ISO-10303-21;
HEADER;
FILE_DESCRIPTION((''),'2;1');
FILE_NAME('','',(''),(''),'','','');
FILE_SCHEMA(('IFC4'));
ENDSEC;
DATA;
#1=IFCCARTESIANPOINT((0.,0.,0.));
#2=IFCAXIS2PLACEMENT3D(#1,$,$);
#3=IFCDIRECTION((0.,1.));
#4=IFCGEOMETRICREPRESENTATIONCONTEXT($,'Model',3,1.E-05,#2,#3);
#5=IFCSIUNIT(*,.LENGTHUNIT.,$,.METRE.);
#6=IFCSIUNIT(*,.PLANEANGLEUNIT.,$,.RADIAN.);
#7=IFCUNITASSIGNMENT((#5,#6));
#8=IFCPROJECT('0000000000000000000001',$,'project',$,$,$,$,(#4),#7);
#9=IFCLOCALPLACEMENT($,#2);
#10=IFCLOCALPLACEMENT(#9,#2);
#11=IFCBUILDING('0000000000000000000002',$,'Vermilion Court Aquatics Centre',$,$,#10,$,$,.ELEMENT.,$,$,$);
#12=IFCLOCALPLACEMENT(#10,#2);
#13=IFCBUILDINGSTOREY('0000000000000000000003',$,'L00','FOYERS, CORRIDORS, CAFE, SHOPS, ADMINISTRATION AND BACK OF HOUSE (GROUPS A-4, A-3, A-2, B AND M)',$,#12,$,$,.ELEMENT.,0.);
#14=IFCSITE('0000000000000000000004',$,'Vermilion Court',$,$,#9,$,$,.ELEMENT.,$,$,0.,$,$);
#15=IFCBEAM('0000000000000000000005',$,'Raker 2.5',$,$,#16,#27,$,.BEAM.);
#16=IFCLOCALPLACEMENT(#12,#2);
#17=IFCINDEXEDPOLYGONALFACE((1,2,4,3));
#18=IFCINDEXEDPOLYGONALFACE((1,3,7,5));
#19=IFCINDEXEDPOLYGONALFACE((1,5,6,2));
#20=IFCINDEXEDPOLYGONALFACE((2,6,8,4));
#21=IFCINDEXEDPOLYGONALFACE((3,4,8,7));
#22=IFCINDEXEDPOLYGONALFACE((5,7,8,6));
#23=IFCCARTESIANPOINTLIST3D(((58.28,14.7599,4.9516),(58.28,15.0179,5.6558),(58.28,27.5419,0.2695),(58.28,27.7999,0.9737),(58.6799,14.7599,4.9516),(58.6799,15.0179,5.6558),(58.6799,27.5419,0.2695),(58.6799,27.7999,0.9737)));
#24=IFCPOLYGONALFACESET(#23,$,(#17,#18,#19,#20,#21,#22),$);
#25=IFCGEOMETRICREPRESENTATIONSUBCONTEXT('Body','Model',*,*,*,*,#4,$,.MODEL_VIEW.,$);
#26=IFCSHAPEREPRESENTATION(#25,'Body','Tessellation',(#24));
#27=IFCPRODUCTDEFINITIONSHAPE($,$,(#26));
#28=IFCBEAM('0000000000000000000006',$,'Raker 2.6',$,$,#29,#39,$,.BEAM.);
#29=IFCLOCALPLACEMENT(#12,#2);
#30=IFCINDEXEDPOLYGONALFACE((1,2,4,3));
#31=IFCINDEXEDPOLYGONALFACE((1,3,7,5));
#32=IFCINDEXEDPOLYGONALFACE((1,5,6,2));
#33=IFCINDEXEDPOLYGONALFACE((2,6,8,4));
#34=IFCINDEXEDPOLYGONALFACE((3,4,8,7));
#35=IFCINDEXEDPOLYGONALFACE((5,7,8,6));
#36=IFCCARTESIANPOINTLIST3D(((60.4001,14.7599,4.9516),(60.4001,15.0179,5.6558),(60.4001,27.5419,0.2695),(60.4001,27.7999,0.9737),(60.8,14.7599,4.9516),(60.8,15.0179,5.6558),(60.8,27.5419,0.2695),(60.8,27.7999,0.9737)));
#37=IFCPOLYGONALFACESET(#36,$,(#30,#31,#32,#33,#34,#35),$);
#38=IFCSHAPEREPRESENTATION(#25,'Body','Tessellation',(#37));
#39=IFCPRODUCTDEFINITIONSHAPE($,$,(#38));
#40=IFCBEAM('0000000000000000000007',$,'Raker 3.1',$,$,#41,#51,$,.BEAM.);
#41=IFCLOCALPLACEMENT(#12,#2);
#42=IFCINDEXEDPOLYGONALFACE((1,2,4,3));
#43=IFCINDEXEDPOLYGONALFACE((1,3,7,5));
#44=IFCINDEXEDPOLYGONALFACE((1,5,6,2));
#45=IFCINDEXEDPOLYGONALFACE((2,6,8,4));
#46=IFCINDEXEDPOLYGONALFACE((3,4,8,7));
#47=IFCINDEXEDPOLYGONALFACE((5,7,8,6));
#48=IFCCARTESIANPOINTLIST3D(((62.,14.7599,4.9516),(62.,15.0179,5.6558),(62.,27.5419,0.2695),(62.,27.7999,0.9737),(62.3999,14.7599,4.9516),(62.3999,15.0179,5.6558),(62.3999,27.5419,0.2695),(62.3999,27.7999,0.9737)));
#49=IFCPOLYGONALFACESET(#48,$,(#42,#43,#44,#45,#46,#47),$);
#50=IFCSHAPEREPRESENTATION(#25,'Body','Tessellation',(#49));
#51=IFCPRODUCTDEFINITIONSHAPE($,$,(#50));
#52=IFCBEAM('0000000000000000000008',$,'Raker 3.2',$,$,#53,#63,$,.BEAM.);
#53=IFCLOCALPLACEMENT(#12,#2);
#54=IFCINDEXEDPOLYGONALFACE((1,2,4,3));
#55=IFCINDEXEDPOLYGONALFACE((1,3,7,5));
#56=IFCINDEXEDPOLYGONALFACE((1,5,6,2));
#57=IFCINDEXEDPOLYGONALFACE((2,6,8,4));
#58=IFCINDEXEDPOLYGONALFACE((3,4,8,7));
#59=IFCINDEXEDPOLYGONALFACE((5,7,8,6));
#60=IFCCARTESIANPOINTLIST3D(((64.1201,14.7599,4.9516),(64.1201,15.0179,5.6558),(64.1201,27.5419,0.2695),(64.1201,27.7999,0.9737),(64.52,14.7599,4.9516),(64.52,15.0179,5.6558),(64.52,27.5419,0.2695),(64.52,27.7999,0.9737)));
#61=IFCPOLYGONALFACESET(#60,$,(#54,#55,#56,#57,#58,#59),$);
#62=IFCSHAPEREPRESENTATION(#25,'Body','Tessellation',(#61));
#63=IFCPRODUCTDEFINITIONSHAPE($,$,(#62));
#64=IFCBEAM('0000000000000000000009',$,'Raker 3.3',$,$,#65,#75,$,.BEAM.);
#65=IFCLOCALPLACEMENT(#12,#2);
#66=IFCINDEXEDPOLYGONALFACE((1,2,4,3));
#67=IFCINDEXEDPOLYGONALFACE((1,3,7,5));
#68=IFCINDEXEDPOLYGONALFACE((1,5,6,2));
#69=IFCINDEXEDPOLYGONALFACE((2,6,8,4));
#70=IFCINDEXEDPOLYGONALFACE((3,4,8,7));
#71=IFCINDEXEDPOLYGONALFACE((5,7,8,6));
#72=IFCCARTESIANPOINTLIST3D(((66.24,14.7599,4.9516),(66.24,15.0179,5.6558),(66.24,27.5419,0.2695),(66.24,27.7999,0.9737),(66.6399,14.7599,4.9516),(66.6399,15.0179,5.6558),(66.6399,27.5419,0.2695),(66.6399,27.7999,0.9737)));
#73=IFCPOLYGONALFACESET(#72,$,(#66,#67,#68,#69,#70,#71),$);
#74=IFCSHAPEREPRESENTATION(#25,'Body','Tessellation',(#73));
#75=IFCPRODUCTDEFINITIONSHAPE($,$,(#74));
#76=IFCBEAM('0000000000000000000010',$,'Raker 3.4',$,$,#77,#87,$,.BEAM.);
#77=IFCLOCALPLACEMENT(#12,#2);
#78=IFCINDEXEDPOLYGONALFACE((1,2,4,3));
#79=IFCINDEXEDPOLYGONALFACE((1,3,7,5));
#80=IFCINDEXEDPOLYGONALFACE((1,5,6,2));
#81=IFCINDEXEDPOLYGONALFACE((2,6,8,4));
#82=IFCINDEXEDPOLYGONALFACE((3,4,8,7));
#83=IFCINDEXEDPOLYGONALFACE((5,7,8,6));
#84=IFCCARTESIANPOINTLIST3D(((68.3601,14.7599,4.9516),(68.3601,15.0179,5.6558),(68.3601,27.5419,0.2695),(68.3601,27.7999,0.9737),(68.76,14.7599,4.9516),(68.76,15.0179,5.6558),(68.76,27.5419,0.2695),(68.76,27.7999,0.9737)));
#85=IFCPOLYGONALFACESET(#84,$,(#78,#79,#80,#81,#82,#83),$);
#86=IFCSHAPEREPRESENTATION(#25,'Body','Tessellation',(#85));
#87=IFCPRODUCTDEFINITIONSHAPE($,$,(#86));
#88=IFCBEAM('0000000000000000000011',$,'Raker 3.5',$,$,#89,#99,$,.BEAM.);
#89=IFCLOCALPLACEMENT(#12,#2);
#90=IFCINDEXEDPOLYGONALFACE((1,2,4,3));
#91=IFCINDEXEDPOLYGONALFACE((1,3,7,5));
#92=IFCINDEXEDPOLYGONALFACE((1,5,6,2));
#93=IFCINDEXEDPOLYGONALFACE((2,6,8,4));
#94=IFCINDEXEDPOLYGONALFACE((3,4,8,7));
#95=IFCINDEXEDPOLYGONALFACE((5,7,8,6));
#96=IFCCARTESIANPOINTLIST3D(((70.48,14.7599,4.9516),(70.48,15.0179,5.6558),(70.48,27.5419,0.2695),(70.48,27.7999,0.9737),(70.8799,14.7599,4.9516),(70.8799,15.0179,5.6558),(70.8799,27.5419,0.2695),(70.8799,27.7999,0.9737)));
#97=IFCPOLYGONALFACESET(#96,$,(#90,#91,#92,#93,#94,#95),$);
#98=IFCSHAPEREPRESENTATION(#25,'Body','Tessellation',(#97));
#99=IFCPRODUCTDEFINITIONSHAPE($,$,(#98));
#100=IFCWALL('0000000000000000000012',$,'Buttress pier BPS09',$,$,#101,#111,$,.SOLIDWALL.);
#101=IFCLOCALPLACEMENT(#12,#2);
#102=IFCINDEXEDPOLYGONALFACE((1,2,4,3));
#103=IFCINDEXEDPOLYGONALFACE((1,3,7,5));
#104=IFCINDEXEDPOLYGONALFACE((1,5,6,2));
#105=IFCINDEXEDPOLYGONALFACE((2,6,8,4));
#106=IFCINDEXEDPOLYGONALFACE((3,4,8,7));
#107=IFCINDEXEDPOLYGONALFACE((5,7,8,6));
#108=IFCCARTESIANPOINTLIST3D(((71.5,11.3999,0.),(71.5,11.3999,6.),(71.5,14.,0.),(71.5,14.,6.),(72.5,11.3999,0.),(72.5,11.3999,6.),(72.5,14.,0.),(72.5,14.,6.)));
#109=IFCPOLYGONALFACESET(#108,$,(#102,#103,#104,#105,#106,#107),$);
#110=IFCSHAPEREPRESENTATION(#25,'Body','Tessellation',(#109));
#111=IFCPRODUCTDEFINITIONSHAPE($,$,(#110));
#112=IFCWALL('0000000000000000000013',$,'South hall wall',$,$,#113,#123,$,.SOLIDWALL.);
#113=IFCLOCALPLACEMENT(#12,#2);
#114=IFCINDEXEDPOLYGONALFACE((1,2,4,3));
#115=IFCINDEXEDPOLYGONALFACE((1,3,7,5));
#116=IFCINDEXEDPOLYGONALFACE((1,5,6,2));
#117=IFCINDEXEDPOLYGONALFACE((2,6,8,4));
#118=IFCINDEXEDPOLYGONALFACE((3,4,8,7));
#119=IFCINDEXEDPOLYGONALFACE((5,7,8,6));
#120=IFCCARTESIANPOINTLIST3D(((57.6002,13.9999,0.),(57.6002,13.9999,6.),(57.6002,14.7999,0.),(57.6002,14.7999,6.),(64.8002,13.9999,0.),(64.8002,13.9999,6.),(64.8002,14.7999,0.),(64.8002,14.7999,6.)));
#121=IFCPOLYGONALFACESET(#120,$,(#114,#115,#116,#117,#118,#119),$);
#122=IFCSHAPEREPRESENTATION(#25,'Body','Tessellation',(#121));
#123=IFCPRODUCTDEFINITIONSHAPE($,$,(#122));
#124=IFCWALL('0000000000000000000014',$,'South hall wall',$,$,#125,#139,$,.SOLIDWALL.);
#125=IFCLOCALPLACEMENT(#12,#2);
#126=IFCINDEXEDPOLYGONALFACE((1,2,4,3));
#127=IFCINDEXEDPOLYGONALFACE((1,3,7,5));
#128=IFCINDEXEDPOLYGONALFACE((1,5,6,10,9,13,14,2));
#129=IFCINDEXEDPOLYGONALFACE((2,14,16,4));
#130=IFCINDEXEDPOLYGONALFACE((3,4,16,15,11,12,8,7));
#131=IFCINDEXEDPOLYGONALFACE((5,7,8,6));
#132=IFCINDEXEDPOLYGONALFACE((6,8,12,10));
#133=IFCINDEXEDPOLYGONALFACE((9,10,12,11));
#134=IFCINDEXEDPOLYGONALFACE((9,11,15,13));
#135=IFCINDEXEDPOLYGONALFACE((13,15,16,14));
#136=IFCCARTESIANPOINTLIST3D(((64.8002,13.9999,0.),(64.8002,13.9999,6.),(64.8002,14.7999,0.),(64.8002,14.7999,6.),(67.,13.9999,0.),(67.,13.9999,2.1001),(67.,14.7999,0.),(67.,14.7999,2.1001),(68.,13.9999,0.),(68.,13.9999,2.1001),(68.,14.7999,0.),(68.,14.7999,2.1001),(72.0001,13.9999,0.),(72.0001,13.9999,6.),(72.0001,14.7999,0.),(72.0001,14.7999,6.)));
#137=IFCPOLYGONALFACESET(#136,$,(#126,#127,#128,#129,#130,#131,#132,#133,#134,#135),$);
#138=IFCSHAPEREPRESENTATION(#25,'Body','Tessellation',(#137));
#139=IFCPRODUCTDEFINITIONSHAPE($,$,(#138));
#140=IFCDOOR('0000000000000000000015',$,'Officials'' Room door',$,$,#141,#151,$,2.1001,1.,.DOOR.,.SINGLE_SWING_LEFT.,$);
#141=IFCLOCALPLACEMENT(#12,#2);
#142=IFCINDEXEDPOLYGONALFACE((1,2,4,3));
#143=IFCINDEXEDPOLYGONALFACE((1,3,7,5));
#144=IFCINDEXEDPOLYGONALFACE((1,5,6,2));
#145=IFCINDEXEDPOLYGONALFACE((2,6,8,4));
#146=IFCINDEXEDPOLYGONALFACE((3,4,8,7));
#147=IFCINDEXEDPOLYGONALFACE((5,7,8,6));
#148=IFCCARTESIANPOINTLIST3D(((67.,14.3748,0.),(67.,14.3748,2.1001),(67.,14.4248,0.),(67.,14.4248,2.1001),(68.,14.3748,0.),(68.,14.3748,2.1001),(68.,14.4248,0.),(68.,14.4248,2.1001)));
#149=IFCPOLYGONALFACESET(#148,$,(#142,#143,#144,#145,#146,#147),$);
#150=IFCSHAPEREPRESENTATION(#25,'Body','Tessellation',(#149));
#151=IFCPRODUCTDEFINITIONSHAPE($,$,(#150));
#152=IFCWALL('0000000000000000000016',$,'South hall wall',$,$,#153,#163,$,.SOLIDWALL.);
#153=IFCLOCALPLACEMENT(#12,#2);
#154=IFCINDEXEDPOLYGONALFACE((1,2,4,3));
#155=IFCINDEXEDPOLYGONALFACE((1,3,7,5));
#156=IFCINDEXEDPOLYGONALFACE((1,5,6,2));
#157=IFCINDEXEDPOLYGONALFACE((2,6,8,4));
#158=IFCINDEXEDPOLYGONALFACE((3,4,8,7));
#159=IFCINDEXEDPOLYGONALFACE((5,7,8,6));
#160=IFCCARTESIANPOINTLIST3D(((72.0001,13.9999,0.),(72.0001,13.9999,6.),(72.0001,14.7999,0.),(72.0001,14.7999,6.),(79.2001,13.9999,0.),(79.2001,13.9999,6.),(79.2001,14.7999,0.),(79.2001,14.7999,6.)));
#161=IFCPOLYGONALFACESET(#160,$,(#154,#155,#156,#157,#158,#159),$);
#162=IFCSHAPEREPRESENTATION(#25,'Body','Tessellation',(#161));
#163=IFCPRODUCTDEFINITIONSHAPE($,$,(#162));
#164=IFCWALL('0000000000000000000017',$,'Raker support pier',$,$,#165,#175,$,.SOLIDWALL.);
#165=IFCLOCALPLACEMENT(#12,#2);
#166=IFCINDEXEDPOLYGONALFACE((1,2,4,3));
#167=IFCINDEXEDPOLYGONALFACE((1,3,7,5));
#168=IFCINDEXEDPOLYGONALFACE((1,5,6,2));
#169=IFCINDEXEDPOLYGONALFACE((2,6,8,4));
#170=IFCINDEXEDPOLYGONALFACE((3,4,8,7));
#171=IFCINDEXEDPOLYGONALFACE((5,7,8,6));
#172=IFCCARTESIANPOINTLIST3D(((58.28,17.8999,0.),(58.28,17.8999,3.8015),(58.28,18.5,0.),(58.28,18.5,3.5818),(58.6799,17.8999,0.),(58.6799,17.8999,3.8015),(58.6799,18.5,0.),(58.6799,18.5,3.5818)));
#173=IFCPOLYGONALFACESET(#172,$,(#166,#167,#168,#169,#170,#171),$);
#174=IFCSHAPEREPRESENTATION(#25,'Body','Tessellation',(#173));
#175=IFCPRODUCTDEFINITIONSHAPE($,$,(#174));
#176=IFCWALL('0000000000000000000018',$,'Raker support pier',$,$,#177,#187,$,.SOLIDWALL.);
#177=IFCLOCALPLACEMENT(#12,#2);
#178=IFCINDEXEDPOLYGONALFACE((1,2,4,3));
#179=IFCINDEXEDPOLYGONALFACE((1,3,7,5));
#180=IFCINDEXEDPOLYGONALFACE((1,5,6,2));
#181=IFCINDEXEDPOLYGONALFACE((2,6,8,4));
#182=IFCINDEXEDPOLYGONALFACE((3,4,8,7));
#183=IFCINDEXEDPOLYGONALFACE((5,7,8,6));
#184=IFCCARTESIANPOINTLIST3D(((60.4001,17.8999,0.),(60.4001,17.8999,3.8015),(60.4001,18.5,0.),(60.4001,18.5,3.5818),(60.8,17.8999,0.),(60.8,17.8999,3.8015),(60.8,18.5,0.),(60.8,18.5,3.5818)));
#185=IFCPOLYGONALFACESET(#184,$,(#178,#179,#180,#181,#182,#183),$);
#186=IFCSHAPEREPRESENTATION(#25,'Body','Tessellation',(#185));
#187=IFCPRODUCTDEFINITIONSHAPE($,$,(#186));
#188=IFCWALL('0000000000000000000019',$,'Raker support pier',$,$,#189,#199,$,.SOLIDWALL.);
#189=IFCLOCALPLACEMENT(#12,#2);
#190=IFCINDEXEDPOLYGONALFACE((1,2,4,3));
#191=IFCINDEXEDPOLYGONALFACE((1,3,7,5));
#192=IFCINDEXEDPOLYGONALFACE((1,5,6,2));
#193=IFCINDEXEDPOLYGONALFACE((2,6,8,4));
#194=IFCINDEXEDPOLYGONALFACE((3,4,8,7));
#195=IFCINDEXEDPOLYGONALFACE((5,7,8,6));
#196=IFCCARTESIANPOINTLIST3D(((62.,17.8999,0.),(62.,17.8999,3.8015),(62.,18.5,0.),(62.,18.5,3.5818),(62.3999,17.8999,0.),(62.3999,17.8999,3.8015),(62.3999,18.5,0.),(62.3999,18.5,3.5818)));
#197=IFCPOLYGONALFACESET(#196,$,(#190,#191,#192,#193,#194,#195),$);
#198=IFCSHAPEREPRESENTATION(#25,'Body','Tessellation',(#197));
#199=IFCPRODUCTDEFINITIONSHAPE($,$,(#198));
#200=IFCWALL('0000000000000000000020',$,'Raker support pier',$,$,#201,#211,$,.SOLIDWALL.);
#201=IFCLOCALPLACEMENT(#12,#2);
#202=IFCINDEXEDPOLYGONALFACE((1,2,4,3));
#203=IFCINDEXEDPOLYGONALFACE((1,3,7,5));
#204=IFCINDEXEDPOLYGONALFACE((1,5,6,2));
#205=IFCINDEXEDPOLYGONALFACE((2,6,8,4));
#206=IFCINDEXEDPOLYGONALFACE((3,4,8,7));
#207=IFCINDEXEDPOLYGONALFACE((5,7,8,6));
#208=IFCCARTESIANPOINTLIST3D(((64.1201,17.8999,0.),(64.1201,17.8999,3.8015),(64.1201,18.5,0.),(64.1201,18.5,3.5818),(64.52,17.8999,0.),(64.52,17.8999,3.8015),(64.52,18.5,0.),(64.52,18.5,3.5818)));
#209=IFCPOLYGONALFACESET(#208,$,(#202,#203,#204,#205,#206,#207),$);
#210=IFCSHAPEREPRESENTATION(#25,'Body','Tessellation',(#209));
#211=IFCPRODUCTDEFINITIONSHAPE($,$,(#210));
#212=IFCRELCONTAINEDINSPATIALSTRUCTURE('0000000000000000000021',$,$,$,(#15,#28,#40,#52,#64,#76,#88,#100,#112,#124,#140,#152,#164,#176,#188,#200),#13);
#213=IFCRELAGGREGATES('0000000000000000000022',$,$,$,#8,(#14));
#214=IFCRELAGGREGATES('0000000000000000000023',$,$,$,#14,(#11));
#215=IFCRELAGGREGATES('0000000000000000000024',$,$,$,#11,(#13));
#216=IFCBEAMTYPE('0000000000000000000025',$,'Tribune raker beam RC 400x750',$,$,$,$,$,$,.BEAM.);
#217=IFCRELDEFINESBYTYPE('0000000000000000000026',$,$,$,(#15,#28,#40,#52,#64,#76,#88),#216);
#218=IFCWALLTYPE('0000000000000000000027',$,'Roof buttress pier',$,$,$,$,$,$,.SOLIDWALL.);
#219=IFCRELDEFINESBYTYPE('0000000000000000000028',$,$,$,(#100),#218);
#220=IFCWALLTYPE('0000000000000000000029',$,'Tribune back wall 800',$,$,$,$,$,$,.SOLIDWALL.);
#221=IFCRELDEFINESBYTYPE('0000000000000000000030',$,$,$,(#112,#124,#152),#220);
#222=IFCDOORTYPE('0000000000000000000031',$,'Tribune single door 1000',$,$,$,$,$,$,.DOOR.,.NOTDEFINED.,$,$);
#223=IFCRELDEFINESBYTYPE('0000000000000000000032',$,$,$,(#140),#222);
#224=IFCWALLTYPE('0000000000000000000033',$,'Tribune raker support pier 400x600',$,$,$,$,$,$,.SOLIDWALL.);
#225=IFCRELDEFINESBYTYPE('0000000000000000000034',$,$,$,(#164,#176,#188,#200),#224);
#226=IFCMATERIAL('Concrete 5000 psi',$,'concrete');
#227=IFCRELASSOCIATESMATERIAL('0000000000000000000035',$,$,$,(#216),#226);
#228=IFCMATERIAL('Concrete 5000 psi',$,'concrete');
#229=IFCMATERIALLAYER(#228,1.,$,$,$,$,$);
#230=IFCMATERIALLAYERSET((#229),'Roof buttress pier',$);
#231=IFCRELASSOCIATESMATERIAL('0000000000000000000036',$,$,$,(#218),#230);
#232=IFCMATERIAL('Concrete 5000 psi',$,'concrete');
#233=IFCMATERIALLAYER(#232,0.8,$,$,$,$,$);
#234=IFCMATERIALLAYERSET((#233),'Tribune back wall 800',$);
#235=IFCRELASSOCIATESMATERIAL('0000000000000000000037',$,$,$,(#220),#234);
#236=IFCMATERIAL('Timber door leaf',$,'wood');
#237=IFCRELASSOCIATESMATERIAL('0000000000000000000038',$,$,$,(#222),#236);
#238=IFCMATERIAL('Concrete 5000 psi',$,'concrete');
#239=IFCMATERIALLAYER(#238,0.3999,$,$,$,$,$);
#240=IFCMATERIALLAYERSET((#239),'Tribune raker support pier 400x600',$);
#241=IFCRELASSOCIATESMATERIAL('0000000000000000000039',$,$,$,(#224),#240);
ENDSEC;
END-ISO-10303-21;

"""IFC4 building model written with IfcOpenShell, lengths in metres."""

from ifc_helpers import new_model, si_unit, direction, frame, frame_2d, origin, origin_2d, place, context, subcontext, project, spatial, polyline, rectangle, outline, extrude, material, layer, layer_set, material_profile, profile_set, type_object, element, fill, save


model = new_model("IFC4")

# Units and contexts
model_context = context("Model", 3, precision=1e-05, world=origin(), true_north=direction((0.0, 1.0)))
body_context = subcontext(model_context, "Body", "Model", "MODEL_VIEW")
ifc_project = project(units=[si_unit("LENGTHUNIT", "METRE"), si_unit("PLANEANGLEUNIT", "RADIAN")], contexts=[model_context])

# Site, building, storey
site_placement = place(None, origin())
site = spatial("IfcSite", under=ifc_project, at=site_placement, Name="Vermilion Court", CompositionType="ELEMENT", RefElevation=0.0)
building_placement = place(site_placement, origin())
building = spatial("IfcBuilding", under=site, at=building_placement, Name="Vermilion Court Aquatics Centre", CompositionType="ELEMENT")
storey_placement = place(building_placement, origin())
storey = spatial("IfcBuildingStorey", under=building, at=storey_placement, Name="L00", Description="FOYERS, CORRIDORS, CAFE, SHOPS, ADMINISTRATION AND BACK OF HOUSE (GROUPS A-4, A-3, A-2, B AND M)", CompositionType="ELEMENT", Elevation=0.0)

# Beams
ifc_material_1 = material(Name="Concrete 5000 psi", Category="concrete")
ifc_material_profile = material_profile(ifc_material_1, rectangle(XDim=0.3999, YDim=0.75, at=origin_2d()), Name="RC 400x750")
ifc_profile_set = profile_set([ifc_material_profile], Name="Concrete 5000 psi")
beam_type = type_object("IfcBeamType", Name="Tribune raker beam RC 400x750", PredefinedType="BEAM", material=ifc_profile_set)
for number, where, z_axis, x_axis, name in (
    (1, (58.48, 27.6709, 0.6216), (0.0, -0.938985, 0.343957), (1.0, 0.0, 0.0), "Raker 2.5"),
    (2, (60.6001, 27.6709, 0.6216), (0.0, -0.938985, 0.343957), (1.0, 0.0, 0.0), "Raker 2.6"),
    (3, (62.2, 27.6709, 0.6216), (0.0, -0.938985, 0.343957), (1.0, 0.0, 0.0), "Raker 3.1"),
    (4, (64.3201, 27.6709, 0.6216), (0.0, -0.938985, 0.343957), (1.0, 0.0, 0.0), "Raker 3.2"),
    (5, (66.4399, 27.6709, 0.6216), (0.0, -0.938985, 0.343957), (1.0, 0.0, 0.0), "Raker 3.3"),
    (6, (68.5601, 27.6709, 0.6216), (0.0, -0.938985, 0.343957), (1.0, 0.0, 0.0), "Raker 3.4"),
    (7, (70.6799, 27.6709, 0.6216), (0.0, -0.938985, 0.343957), (1.0, 0.0, 0.0), "Raker 3.5"),
):
    element("IfcBeam", number, at=place(storey_placement, frame(where, z_axis=z_axis, x_axis=x_axis)), inside=storey, type_object=beam_type, Name=name, PredefinedType="BEAM", context=body_context, shape_type="SweptSolid", body=[
        extrude(rectangle(XDim=0.3999, YDim=0.75, at=origin_2d()), origin(), (0.0, 0.0, 1.0), 13.6125),
    ])

# Walls
ifc_material_2 = material(Name="Concrete 5000 psi", Category="concrete")
ifc_layer_1 = layer(ifc_material_2, 1.0)
ifc_layer_set_1 = layer_set([ifc_layer_1], Name="Roof buttress pier")
wall_type_1 = type_object("IfcWallType", Name="Roof buttress pier", PredefinedType="SOLIDWALL", material=ifc_layer_set_1)
wall_1_placement = place(storey_placement, frame((72.0, 11.3999, 0.0), z_axis=(0.0, 0.0, 1.0), x_axis=(0.0, 1.0, 0.0)))
element("IfcWall", 8, at=wall_1_placement, inside=storey, type_object=wall_type_1, Name="Buttress pier BPS09", PredefinedType="SOLIDWALL", context=body_context, shape_type="SweptSolid", body=[
    extrude(rectangle(XDim=2.6001, YDim=1.0, at=frame_2d((1.3, 0.0))), origin(), (0.0, 0.0, 1.0), 6.0),
])
ifc_material_3 = material(Name="Concrete 5000 psi", Category="concrete")
ifc_layer_2 = layer(ifc_material_3, 0.8)
ifc_layer_set_2 = layer_set([ifc_layer_2], Name="Tribune back wall 800")
wall_type_2 = type_object("IfcWallType", Name="Tribune back wall 800", PredefinedType="SOLIDWALL", material=ifc_layer_set_2)
wall_2_placement = place(storey_placement, frame((57.6001, 14.3999, 0.0), z_axis=(0.0, 0.0, 1.0), x_axis=(1.0, 0.0, 0.0)))
element("IfcWall", 9, at=wall_2_placement, inside=storey, type_object=wall_type_2, Name="South hall wall", PredefinedType="SOLIDWALL", context=body_context, shape_type="SweptSolid", body=[
    extrude(rectangle(XDim=7.2, YDim=0.8, at=frame_2d((3.6001, 0.0))), origin(), (0.0, 0.0, 1.0), 6.0),
])

# Wall, opening, door
wall_3_placement = place(storey_placement, frame((64.8, 14.3999, 0.0), z_axis=(0.0, 0.0, 1.0), x_axis=(1.0, 0.0, 0.0)))
wall_3 = element("IfcWall", 10, at=wall_3_placement, inside=storey, type_object=wall_type_2, Name="South hall wall", PredefinedType="SOLIDWALL", context=body_context, shape_type="SweptSolid", body=[
    extrude(rectangle(XDim=7.2, YDim=0.8, at=frame_2d((3.6001, 0.0))), origin(), (0.0, 0.0, 1.0), 6.0),
])
opening_placement = place(wall_3_placement, frame((2.2, 0.0, 0.0)))
opening = element("IfcOpeningElement", 11, at=opening_placement, cuts=wall_3, PredefinedType="OPENING", context=body_context, shape_type="SweptSolid", body=[
    extrude(rectangle(XDim=1.0, YDim=2.1001, at=frame_2d((0.5, 1.05))), frame((0.0, 0.4099, 0.0), z_axis=(0.0, -1.0, 0.0), x_axis=(1.0, 0.0, 0.0)), (0.0, 0.0, 1.0), 0.8201),
])
ifc_material_4 = material(Name="Timber door leaf", Category="wood")
door_type = type_object("IfcDoorType", Name="Tribune single door 1000", OperationType="NOTDEFINED", PredefinedType="DOOR", material=ifc_material_4)
door_placement = place(opening_placement, origin())
door = element("IfcDoor", 12, at=door_placement, inside=storey, type_object=door_type, Name="Officials' Room door", OperationType="SINGLE_SWING_LEFT", OverallHeight=2.1001, OverallWidth=1.0, PredefinedType="DOOR", context=body_context, shape_type="SweptSolid", body=[
    extrude(rectangle(XDim=1.0, YDim=2.1001, at=frame_2d((0.5, 1.05))), frame((0.0, 0.0249, 0.0), z_axis=(0.0, -1.0, 0.0), x_axis=(1.0, 0.0, 0.0)), (0.0, 0.0, 1.0), 0.05),
])
fill(opening, door)

# Walls
wall_4_placement = place(storey_placement, frame((72.0, 14.3999, 0.0), z_axis=(0.0, 0.0, 1.0), x_axis=(1.0, 0.0, 0.0)))
element("IfcWall", 13, at=wall_4_placement, inside=storey, type_object=wall_type_2, Name="South hall wall", PredefinedType="SOLIDWALL", context=body_context, shape_type="SweptSolid", body=[
    extrude(rectangle(XDim=7.2, YDim=0.8, at=frame_2d((3.6001, 0.0))), origin(), (0.0, 0.0, 1.0), 6.0),
])
ifc_material_5 = material(Name="Concrete 5000 psi", Category="concrete")
ifc_layer_3 = layer(ifc_material_5, 0.3999)
ifc_layer_set_3 = layer_set([ifc_layer_3], Name="Tribune raker support pier 400x600")
wall_type_3 = type_object("IfcWallType", Name="Tribune raker support pier 400x600", PredefinedType="SOLIDWALL", material=ifc_layer_set_3)
for number, where, z_axis, x_axis, name in (
    (14, (58.48, 18.5, 0.0), (0.0, 0.0, 1.0), (0.0, -1.0, 0.0), "Raker support pier"),
    (15, (60.6001, 18.5, 0.0), (0.0, 0.0, 1.0), (0.0, -1.0, 0.0), "Raker support pier"),
    (16, (62.2, 18.5, 0.0), (0.0, 0.0, 1.0), (0.0, -1.0, 0.0), "Raker support pier"),
    (17, (64.3201, 18.5, 0.0), (0.0, 0.0, 1.0), (0.0, -1.0, 0.0), "Raker support pier"),
):
    element("IfcWall", number, at=place(storey_placement, frame(where, z_axis=z_axis, x_axis=x_axis)), inside=storey, type_object=wall_type_3, Name=name, PredefinedType="SOLIDWALL", context=body_context, shape_type="SweptSolid", body=[
        extrude(outline(polyline([(0.0, 0.0), (0.6001, 0.0), (0.6001, 3.8015), (0.0, 3.5818), (0.0, 0.0)])), frame((0.0, 0.2, 0.0), z_axis=(0.0, -1.0, 0.0), x_axis=(1.0, 0.0, 0.0)), (0.0, 0.0, 1.0), 0.3999),
    ])

save(model, "model.ifc")
